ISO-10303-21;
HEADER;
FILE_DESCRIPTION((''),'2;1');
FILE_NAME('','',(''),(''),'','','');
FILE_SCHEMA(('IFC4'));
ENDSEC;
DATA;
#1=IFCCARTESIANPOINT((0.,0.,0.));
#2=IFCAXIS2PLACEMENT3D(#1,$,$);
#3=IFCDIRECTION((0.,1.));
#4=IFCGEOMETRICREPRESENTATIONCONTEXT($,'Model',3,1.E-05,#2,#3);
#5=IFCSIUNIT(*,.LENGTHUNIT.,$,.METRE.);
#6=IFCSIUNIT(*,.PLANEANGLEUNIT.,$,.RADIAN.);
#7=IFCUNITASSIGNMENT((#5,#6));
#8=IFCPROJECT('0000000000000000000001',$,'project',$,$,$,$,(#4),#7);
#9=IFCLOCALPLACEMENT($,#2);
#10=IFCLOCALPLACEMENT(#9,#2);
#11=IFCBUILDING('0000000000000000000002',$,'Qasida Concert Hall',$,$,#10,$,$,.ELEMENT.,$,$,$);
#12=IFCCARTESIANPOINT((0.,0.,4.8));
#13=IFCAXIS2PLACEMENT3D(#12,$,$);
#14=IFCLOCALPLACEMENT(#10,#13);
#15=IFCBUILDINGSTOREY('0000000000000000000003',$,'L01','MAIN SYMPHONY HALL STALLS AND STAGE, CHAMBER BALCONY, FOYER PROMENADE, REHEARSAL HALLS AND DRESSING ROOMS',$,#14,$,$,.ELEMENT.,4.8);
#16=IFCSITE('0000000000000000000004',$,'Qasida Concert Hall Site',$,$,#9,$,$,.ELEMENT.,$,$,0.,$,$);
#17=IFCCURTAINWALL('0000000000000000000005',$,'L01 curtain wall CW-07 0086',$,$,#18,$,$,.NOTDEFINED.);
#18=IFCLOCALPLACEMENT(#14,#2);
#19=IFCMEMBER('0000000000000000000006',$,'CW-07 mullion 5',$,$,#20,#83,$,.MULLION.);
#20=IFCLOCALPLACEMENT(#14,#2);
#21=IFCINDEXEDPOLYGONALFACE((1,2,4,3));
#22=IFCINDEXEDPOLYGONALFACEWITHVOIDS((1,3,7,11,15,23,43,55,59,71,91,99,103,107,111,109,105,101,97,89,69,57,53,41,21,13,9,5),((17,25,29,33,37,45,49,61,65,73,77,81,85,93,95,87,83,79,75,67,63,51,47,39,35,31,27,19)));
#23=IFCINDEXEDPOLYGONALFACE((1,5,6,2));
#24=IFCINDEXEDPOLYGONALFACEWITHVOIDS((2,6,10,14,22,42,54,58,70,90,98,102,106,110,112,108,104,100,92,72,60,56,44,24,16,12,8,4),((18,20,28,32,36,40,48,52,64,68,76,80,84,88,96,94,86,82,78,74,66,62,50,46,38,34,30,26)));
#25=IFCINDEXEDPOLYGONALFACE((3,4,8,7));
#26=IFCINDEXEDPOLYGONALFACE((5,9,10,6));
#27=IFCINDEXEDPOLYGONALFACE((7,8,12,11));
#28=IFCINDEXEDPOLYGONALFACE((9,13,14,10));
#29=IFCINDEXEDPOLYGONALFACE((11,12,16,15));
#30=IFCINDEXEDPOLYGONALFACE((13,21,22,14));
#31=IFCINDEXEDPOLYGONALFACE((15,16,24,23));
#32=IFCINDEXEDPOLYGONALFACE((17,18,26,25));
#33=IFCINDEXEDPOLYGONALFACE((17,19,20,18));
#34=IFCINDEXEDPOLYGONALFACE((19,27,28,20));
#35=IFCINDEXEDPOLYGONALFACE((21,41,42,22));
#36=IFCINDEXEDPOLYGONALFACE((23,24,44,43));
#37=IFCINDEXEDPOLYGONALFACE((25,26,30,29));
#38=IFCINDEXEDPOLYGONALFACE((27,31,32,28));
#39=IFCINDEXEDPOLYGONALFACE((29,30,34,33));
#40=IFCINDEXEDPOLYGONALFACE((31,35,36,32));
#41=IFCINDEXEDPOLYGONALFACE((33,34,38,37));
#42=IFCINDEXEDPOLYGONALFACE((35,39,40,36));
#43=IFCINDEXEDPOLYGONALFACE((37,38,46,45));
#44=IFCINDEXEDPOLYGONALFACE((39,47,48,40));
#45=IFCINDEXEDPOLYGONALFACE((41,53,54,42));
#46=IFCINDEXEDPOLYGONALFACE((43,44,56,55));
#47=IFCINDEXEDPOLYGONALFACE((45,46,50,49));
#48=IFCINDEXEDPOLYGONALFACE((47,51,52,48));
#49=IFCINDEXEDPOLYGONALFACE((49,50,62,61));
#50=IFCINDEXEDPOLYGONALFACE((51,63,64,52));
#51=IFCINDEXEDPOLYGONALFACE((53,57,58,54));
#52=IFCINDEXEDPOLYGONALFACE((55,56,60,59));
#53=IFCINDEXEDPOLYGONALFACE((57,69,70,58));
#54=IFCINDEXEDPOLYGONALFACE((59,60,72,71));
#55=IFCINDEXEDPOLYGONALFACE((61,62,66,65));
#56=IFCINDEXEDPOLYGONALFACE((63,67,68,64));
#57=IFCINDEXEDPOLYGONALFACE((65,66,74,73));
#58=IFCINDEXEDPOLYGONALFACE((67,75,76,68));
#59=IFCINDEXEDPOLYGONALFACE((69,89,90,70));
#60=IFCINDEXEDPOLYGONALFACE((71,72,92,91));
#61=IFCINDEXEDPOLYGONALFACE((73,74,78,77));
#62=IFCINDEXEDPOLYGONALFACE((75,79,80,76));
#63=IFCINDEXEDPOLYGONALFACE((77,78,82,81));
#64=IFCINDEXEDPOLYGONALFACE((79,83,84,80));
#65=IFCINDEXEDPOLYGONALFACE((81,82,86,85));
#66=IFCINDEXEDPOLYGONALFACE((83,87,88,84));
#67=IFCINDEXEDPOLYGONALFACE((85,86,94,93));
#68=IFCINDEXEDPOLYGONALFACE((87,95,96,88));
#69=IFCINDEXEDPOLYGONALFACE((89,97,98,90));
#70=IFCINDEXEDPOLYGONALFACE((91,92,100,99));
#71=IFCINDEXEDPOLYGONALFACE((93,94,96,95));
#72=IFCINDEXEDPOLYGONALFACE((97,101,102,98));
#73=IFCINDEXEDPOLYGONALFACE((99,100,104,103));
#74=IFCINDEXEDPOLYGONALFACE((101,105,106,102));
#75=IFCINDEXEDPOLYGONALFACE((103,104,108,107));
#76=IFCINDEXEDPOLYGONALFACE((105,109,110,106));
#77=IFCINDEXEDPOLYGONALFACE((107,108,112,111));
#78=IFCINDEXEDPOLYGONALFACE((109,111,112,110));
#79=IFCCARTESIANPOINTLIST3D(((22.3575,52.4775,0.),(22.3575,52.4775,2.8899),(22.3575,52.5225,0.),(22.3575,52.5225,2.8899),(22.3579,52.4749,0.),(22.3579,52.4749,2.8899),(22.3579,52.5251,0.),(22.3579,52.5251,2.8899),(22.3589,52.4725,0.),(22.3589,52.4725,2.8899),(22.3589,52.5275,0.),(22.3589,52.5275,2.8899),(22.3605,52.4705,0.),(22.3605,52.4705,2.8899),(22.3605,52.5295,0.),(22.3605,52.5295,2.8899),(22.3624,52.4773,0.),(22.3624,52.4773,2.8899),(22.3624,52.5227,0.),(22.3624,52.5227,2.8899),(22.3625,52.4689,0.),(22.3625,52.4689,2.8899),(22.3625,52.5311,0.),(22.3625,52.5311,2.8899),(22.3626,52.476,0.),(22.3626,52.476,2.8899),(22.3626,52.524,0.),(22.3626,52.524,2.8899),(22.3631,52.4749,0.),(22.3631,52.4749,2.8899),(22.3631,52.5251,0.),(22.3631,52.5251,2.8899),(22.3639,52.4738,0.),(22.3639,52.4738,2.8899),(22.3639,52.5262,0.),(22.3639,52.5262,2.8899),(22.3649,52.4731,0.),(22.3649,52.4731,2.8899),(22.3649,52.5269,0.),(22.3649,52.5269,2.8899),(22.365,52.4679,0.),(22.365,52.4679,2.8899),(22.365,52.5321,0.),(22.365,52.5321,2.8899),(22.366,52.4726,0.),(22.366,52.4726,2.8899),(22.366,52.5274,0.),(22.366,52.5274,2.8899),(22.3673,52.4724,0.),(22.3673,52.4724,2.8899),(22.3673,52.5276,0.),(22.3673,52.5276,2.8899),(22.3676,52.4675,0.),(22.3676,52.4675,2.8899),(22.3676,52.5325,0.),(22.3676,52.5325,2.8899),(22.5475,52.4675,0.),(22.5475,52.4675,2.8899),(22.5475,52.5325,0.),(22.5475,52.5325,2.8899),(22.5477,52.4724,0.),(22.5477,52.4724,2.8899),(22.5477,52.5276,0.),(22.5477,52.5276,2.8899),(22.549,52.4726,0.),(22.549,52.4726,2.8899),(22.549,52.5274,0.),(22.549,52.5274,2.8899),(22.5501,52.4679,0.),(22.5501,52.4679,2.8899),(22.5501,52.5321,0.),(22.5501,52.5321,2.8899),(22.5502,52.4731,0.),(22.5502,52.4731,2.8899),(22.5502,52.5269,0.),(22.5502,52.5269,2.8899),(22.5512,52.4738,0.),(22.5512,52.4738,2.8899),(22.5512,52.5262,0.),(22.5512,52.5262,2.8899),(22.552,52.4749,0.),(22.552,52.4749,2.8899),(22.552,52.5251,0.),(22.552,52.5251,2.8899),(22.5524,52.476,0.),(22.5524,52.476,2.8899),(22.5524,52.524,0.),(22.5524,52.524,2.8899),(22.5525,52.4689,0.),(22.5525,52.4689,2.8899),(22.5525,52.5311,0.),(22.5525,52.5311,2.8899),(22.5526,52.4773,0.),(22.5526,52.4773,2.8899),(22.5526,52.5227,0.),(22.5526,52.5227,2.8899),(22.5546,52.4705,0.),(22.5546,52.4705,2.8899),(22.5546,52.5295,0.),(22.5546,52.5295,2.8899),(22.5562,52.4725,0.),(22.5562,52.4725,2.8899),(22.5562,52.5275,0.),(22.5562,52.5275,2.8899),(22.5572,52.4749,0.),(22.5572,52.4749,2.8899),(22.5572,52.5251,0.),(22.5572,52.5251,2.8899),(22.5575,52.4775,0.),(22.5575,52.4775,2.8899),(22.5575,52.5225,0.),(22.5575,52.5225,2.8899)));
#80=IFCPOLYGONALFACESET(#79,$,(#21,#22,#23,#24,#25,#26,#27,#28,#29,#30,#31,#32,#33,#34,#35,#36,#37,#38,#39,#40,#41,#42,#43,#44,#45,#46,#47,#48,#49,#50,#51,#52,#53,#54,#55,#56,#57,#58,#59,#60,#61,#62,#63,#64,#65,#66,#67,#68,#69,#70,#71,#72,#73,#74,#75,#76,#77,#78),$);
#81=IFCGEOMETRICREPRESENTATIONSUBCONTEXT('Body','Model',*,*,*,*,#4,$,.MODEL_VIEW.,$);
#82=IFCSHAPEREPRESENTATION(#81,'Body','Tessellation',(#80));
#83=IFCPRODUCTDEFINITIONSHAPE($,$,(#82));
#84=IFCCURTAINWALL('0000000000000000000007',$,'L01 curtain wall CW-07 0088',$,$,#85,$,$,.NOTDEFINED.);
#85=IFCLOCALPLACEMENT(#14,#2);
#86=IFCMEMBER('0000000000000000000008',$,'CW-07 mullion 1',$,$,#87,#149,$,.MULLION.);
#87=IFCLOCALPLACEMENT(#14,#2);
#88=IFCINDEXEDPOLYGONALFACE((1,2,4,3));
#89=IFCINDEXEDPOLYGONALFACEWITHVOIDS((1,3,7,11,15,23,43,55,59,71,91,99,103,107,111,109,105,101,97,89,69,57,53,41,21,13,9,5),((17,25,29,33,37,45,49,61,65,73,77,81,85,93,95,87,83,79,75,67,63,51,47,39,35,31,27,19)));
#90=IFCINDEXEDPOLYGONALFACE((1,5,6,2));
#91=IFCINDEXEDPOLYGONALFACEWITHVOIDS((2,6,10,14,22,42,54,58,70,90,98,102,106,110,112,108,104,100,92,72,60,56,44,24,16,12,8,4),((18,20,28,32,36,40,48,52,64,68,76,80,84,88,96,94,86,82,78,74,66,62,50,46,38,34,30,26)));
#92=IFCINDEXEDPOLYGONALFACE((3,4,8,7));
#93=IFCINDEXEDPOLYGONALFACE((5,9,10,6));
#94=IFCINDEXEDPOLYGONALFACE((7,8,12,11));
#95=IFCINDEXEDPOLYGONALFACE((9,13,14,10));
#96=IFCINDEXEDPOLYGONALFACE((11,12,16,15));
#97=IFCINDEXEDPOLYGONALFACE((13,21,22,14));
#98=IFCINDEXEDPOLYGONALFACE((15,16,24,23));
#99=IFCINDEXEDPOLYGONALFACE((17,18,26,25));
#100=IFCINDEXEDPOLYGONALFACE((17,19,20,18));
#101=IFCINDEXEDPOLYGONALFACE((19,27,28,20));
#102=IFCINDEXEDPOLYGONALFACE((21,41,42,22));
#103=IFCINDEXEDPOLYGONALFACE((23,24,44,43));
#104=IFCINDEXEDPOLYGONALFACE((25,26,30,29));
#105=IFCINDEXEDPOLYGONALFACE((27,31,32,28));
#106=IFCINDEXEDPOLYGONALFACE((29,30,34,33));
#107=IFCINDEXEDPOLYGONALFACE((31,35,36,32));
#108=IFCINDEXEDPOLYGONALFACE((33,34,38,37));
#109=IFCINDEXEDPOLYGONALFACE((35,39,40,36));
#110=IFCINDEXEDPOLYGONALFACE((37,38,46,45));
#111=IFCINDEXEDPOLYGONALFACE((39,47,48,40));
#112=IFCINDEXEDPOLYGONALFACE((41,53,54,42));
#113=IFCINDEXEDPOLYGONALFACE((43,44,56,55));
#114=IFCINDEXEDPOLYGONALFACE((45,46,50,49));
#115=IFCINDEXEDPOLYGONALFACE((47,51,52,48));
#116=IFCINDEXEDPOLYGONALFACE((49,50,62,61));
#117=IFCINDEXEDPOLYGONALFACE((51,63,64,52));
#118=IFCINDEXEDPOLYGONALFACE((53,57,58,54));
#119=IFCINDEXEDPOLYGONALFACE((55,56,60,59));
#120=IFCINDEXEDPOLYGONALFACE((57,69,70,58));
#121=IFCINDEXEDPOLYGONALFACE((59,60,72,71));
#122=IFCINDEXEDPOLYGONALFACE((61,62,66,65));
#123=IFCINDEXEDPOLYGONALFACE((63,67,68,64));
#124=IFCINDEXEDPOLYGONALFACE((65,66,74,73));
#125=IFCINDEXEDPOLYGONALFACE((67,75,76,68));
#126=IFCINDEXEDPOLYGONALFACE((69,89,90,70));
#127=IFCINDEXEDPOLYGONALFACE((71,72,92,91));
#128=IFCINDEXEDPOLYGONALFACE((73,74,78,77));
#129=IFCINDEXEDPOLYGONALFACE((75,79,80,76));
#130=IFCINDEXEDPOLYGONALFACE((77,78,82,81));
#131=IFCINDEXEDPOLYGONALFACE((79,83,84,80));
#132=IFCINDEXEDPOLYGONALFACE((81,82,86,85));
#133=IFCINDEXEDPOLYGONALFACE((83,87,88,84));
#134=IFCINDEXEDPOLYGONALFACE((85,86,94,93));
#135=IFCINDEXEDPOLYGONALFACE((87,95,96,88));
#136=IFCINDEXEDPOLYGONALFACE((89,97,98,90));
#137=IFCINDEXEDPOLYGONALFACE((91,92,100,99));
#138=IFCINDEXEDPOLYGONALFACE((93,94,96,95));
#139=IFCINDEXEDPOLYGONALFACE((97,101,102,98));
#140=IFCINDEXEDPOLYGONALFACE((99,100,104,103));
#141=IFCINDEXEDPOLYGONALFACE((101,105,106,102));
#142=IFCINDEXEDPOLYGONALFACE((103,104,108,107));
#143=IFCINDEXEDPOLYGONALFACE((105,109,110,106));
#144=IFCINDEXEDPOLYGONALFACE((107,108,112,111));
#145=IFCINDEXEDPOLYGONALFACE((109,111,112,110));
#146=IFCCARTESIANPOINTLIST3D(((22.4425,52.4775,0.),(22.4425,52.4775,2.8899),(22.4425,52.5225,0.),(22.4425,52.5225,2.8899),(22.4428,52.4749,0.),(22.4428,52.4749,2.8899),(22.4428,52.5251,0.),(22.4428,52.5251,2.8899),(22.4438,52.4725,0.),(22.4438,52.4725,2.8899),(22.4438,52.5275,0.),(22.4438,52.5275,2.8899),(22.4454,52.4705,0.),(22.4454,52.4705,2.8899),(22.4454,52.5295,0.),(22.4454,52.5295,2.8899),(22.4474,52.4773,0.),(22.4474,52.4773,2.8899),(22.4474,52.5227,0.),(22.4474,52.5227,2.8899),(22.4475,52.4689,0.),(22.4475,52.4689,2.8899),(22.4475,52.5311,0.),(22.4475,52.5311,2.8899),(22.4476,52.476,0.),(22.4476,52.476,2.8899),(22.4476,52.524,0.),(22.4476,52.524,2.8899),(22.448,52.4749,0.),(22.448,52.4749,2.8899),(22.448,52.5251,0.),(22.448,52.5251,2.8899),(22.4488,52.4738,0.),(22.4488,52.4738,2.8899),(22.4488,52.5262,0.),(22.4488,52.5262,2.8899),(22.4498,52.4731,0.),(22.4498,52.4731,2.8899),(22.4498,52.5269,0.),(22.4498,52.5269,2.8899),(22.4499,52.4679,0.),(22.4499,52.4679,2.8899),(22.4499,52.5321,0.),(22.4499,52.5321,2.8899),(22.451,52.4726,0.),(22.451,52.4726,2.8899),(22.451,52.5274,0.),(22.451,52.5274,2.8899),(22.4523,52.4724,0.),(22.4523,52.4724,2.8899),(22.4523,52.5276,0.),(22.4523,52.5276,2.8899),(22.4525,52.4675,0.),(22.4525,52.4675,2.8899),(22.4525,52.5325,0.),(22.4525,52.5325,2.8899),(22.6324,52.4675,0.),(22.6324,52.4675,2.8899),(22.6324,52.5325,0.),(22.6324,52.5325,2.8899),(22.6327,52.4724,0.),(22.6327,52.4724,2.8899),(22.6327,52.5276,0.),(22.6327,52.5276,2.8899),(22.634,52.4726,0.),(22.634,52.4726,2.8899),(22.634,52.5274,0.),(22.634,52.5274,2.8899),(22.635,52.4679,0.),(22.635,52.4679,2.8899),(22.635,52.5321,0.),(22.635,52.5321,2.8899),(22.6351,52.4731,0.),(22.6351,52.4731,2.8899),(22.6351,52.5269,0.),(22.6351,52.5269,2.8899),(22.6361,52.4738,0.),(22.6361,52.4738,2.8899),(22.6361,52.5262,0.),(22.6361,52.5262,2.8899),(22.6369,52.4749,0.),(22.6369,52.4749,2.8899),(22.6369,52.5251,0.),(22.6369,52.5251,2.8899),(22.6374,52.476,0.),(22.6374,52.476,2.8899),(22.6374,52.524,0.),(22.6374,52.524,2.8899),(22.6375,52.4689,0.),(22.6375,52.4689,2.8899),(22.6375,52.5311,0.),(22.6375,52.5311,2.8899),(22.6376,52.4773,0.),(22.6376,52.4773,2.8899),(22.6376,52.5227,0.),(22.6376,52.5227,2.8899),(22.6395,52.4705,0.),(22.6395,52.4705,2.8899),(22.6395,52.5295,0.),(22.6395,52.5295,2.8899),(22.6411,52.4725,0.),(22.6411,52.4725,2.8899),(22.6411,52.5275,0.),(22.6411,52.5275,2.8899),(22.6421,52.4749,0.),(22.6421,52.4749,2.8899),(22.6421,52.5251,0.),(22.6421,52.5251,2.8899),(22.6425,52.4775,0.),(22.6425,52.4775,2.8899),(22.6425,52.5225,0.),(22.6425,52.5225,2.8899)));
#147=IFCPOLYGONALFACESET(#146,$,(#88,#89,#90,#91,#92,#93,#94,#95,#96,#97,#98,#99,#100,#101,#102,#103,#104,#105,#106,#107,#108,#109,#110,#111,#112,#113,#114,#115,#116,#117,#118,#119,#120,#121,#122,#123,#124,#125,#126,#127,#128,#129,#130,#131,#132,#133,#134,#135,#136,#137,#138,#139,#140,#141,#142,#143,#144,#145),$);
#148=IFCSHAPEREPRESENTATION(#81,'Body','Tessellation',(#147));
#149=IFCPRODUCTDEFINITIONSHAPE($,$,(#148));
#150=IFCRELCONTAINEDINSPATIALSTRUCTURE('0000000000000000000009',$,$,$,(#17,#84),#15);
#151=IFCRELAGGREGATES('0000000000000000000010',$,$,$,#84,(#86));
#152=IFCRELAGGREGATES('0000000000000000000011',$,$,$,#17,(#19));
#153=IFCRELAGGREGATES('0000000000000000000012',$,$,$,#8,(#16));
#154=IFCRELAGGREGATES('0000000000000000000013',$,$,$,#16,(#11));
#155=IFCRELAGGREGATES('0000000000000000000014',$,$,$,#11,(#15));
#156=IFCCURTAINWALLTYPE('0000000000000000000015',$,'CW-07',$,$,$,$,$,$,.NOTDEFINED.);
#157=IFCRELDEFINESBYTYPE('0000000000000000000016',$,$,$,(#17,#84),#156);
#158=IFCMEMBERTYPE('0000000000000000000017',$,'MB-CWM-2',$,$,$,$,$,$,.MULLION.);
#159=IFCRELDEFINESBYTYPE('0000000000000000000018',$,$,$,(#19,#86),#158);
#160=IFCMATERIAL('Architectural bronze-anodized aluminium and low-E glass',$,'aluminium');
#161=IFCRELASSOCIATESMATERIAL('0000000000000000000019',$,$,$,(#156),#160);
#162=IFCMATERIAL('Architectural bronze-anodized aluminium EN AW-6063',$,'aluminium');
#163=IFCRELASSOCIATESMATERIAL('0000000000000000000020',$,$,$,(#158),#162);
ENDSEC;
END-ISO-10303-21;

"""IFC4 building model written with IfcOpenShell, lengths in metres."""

from ifc_helpers import new_model, si_unit, direction, frame, origin, origin_2d, place, context, subcontext, project, spatial, hollow_rectangle, extrude, material, material_profile, profile_set, type_object, element, aggregate, save


model = new_model("IFC4")

# Units and contexts
model_context = context("Model", 3, precision=1e-05, world=origin(), true_north=direction((0.0, 1.0)))
body_context = subcontext(model_context, "Body", "Model", "MODEL_VIEW")
ifc_project = project(units=[si_unit("LENGTHUNIT", "METRE"), si_unit("PLANEANGLEUNIT", "RADIAN")], contexts=[model_context])

# Site, building, storey
site_placement = place(None, origin())
site = spatial("IfcSite", under=ifc_project, at=site_placement, Name="Qasida Concert Hall Site", CompositionType="ELEMENT", RefElevation=0.0)
building_placement = place(site_placement, origin())
building = spatial("IfcBuilding", under=site, at=building_placement, Name="Qasida Concert Hall", CompositionType="ELEMENT")
storey_placement = place(building_placement, frame((0.0, 0.0, 4.8)))
storey = spatial("IfcBuildingStorey", under=building, at=storey_placement, Name="L01", Description="MAIN SYMPHONY HALL STALLS AND STAGE, CHAMBER BALCONY, FOYER PROMENADE, REHEARSAL HALLS AND DRESSING ROOMS", CompositionType="ELEMENT", Elevation=4.8)

# Curtain wall, member
ifc_material_1 = material(Name="Architectural bronze-anodized aluminium and low-E glass", Category="aluminium")
curtain_wall_type = type_object("IfcCurtainWallType", Name="CW-07", PredefinedType="NOTDEFINED", material=ifc_material_1)
curtain_wall_1_placement = place(storey_placement, origin())
curtain_wall_1 = element("IfcCurtainWall", 1, at=curtain_wall_1_placement, inside=storey, type_object=curtain_wall_type, Name="L01 curtain wall CW-07 0086", PredefinedType="NOTDEFINED")
ifc_material_2 = material(Name="Architectural bronze-anodized aluminium EN AW-6063", Category="aluminium")
ifc_material_profile_1 = material_profile(ifc_material_2, hollow_rectangle(XDim=0.0649, YDim=0.2, WallThickness=0.0049, InnerFilletRadius=0.0049, OuterFilletRadius=0.01, at=origin_2d()), Name="CWM 200x65x5")
ifc_profile_set_1 = profile_set([ifc_material_profile_1], Name="Architectural bronze-anodized aluminium EN AW-6063")
member_type_1 = type_object("IfcMemberType", Name="MB-CWM-2", PredefinedType="MULLION", material=ifc_profile_set_1)
member_1_placement = place(storey_placement, frame((22.4575, 52.5, 0.0), z_axis=(0.0, 0.0, 1.0), x_axis=(0.0, 1.0, 0.0)))
member_1 = element("IfcMember", 2, at=member_1_placement, type_object=member_type_1, Name="CW-07 mullion 5", PredefinedType="MULLION", context=body_context, shape_type="SweptSolid", body=[
    extrude(hollow_rectangle(XDim=0.0649, YDim=0.2, WallThickness=0.0049, InnerFilletRadius=0.0049, OuterFilletRadius=0.01, at=origin_2d()), origin(), (0.0, 0.0, 1.0), 2.8899),
])

# Curtain wall, member
curtain_wall_2_placement = place(storey_placement, origin())
curtain_wall_2 = element("IfcCurtainWall", 3, at=curtain_wall_2_placement, inside=storey, type_object=curtain_wall_type, Name="L01 curtain wall CW-07 0088", PredefinedType="NOTDEFINED")
member_2_placement = place(storey_placement, frame((22.5425, 52.5, 0.0), z_axis=(0.0, 0.0, 1.0), x_axis=(0.0, 1.0, 0.0)))
member_2 = element("IfcMember", 4, at=member_2_placement, type_object=member_type_1, Name="CW-07 mullion 1", PredefinedType="MULLION", context=body_context, shape_type="SweptSolid", body=[
    extrude(hollow_rectangle(XDim=0.0649, YDim=0.2, WallThickness=0.0049, InnerFilletRadius=0.0049, OuterFilletRadius=0.01, at=origin_2d()), origin(), (0.0, 0.0, 1.0), 2.8899),
])
aggregate(curtain_wall_2, [member_2])

aggregate(curtain_wall_1, [member_1])

save(model, "model.ifc")
